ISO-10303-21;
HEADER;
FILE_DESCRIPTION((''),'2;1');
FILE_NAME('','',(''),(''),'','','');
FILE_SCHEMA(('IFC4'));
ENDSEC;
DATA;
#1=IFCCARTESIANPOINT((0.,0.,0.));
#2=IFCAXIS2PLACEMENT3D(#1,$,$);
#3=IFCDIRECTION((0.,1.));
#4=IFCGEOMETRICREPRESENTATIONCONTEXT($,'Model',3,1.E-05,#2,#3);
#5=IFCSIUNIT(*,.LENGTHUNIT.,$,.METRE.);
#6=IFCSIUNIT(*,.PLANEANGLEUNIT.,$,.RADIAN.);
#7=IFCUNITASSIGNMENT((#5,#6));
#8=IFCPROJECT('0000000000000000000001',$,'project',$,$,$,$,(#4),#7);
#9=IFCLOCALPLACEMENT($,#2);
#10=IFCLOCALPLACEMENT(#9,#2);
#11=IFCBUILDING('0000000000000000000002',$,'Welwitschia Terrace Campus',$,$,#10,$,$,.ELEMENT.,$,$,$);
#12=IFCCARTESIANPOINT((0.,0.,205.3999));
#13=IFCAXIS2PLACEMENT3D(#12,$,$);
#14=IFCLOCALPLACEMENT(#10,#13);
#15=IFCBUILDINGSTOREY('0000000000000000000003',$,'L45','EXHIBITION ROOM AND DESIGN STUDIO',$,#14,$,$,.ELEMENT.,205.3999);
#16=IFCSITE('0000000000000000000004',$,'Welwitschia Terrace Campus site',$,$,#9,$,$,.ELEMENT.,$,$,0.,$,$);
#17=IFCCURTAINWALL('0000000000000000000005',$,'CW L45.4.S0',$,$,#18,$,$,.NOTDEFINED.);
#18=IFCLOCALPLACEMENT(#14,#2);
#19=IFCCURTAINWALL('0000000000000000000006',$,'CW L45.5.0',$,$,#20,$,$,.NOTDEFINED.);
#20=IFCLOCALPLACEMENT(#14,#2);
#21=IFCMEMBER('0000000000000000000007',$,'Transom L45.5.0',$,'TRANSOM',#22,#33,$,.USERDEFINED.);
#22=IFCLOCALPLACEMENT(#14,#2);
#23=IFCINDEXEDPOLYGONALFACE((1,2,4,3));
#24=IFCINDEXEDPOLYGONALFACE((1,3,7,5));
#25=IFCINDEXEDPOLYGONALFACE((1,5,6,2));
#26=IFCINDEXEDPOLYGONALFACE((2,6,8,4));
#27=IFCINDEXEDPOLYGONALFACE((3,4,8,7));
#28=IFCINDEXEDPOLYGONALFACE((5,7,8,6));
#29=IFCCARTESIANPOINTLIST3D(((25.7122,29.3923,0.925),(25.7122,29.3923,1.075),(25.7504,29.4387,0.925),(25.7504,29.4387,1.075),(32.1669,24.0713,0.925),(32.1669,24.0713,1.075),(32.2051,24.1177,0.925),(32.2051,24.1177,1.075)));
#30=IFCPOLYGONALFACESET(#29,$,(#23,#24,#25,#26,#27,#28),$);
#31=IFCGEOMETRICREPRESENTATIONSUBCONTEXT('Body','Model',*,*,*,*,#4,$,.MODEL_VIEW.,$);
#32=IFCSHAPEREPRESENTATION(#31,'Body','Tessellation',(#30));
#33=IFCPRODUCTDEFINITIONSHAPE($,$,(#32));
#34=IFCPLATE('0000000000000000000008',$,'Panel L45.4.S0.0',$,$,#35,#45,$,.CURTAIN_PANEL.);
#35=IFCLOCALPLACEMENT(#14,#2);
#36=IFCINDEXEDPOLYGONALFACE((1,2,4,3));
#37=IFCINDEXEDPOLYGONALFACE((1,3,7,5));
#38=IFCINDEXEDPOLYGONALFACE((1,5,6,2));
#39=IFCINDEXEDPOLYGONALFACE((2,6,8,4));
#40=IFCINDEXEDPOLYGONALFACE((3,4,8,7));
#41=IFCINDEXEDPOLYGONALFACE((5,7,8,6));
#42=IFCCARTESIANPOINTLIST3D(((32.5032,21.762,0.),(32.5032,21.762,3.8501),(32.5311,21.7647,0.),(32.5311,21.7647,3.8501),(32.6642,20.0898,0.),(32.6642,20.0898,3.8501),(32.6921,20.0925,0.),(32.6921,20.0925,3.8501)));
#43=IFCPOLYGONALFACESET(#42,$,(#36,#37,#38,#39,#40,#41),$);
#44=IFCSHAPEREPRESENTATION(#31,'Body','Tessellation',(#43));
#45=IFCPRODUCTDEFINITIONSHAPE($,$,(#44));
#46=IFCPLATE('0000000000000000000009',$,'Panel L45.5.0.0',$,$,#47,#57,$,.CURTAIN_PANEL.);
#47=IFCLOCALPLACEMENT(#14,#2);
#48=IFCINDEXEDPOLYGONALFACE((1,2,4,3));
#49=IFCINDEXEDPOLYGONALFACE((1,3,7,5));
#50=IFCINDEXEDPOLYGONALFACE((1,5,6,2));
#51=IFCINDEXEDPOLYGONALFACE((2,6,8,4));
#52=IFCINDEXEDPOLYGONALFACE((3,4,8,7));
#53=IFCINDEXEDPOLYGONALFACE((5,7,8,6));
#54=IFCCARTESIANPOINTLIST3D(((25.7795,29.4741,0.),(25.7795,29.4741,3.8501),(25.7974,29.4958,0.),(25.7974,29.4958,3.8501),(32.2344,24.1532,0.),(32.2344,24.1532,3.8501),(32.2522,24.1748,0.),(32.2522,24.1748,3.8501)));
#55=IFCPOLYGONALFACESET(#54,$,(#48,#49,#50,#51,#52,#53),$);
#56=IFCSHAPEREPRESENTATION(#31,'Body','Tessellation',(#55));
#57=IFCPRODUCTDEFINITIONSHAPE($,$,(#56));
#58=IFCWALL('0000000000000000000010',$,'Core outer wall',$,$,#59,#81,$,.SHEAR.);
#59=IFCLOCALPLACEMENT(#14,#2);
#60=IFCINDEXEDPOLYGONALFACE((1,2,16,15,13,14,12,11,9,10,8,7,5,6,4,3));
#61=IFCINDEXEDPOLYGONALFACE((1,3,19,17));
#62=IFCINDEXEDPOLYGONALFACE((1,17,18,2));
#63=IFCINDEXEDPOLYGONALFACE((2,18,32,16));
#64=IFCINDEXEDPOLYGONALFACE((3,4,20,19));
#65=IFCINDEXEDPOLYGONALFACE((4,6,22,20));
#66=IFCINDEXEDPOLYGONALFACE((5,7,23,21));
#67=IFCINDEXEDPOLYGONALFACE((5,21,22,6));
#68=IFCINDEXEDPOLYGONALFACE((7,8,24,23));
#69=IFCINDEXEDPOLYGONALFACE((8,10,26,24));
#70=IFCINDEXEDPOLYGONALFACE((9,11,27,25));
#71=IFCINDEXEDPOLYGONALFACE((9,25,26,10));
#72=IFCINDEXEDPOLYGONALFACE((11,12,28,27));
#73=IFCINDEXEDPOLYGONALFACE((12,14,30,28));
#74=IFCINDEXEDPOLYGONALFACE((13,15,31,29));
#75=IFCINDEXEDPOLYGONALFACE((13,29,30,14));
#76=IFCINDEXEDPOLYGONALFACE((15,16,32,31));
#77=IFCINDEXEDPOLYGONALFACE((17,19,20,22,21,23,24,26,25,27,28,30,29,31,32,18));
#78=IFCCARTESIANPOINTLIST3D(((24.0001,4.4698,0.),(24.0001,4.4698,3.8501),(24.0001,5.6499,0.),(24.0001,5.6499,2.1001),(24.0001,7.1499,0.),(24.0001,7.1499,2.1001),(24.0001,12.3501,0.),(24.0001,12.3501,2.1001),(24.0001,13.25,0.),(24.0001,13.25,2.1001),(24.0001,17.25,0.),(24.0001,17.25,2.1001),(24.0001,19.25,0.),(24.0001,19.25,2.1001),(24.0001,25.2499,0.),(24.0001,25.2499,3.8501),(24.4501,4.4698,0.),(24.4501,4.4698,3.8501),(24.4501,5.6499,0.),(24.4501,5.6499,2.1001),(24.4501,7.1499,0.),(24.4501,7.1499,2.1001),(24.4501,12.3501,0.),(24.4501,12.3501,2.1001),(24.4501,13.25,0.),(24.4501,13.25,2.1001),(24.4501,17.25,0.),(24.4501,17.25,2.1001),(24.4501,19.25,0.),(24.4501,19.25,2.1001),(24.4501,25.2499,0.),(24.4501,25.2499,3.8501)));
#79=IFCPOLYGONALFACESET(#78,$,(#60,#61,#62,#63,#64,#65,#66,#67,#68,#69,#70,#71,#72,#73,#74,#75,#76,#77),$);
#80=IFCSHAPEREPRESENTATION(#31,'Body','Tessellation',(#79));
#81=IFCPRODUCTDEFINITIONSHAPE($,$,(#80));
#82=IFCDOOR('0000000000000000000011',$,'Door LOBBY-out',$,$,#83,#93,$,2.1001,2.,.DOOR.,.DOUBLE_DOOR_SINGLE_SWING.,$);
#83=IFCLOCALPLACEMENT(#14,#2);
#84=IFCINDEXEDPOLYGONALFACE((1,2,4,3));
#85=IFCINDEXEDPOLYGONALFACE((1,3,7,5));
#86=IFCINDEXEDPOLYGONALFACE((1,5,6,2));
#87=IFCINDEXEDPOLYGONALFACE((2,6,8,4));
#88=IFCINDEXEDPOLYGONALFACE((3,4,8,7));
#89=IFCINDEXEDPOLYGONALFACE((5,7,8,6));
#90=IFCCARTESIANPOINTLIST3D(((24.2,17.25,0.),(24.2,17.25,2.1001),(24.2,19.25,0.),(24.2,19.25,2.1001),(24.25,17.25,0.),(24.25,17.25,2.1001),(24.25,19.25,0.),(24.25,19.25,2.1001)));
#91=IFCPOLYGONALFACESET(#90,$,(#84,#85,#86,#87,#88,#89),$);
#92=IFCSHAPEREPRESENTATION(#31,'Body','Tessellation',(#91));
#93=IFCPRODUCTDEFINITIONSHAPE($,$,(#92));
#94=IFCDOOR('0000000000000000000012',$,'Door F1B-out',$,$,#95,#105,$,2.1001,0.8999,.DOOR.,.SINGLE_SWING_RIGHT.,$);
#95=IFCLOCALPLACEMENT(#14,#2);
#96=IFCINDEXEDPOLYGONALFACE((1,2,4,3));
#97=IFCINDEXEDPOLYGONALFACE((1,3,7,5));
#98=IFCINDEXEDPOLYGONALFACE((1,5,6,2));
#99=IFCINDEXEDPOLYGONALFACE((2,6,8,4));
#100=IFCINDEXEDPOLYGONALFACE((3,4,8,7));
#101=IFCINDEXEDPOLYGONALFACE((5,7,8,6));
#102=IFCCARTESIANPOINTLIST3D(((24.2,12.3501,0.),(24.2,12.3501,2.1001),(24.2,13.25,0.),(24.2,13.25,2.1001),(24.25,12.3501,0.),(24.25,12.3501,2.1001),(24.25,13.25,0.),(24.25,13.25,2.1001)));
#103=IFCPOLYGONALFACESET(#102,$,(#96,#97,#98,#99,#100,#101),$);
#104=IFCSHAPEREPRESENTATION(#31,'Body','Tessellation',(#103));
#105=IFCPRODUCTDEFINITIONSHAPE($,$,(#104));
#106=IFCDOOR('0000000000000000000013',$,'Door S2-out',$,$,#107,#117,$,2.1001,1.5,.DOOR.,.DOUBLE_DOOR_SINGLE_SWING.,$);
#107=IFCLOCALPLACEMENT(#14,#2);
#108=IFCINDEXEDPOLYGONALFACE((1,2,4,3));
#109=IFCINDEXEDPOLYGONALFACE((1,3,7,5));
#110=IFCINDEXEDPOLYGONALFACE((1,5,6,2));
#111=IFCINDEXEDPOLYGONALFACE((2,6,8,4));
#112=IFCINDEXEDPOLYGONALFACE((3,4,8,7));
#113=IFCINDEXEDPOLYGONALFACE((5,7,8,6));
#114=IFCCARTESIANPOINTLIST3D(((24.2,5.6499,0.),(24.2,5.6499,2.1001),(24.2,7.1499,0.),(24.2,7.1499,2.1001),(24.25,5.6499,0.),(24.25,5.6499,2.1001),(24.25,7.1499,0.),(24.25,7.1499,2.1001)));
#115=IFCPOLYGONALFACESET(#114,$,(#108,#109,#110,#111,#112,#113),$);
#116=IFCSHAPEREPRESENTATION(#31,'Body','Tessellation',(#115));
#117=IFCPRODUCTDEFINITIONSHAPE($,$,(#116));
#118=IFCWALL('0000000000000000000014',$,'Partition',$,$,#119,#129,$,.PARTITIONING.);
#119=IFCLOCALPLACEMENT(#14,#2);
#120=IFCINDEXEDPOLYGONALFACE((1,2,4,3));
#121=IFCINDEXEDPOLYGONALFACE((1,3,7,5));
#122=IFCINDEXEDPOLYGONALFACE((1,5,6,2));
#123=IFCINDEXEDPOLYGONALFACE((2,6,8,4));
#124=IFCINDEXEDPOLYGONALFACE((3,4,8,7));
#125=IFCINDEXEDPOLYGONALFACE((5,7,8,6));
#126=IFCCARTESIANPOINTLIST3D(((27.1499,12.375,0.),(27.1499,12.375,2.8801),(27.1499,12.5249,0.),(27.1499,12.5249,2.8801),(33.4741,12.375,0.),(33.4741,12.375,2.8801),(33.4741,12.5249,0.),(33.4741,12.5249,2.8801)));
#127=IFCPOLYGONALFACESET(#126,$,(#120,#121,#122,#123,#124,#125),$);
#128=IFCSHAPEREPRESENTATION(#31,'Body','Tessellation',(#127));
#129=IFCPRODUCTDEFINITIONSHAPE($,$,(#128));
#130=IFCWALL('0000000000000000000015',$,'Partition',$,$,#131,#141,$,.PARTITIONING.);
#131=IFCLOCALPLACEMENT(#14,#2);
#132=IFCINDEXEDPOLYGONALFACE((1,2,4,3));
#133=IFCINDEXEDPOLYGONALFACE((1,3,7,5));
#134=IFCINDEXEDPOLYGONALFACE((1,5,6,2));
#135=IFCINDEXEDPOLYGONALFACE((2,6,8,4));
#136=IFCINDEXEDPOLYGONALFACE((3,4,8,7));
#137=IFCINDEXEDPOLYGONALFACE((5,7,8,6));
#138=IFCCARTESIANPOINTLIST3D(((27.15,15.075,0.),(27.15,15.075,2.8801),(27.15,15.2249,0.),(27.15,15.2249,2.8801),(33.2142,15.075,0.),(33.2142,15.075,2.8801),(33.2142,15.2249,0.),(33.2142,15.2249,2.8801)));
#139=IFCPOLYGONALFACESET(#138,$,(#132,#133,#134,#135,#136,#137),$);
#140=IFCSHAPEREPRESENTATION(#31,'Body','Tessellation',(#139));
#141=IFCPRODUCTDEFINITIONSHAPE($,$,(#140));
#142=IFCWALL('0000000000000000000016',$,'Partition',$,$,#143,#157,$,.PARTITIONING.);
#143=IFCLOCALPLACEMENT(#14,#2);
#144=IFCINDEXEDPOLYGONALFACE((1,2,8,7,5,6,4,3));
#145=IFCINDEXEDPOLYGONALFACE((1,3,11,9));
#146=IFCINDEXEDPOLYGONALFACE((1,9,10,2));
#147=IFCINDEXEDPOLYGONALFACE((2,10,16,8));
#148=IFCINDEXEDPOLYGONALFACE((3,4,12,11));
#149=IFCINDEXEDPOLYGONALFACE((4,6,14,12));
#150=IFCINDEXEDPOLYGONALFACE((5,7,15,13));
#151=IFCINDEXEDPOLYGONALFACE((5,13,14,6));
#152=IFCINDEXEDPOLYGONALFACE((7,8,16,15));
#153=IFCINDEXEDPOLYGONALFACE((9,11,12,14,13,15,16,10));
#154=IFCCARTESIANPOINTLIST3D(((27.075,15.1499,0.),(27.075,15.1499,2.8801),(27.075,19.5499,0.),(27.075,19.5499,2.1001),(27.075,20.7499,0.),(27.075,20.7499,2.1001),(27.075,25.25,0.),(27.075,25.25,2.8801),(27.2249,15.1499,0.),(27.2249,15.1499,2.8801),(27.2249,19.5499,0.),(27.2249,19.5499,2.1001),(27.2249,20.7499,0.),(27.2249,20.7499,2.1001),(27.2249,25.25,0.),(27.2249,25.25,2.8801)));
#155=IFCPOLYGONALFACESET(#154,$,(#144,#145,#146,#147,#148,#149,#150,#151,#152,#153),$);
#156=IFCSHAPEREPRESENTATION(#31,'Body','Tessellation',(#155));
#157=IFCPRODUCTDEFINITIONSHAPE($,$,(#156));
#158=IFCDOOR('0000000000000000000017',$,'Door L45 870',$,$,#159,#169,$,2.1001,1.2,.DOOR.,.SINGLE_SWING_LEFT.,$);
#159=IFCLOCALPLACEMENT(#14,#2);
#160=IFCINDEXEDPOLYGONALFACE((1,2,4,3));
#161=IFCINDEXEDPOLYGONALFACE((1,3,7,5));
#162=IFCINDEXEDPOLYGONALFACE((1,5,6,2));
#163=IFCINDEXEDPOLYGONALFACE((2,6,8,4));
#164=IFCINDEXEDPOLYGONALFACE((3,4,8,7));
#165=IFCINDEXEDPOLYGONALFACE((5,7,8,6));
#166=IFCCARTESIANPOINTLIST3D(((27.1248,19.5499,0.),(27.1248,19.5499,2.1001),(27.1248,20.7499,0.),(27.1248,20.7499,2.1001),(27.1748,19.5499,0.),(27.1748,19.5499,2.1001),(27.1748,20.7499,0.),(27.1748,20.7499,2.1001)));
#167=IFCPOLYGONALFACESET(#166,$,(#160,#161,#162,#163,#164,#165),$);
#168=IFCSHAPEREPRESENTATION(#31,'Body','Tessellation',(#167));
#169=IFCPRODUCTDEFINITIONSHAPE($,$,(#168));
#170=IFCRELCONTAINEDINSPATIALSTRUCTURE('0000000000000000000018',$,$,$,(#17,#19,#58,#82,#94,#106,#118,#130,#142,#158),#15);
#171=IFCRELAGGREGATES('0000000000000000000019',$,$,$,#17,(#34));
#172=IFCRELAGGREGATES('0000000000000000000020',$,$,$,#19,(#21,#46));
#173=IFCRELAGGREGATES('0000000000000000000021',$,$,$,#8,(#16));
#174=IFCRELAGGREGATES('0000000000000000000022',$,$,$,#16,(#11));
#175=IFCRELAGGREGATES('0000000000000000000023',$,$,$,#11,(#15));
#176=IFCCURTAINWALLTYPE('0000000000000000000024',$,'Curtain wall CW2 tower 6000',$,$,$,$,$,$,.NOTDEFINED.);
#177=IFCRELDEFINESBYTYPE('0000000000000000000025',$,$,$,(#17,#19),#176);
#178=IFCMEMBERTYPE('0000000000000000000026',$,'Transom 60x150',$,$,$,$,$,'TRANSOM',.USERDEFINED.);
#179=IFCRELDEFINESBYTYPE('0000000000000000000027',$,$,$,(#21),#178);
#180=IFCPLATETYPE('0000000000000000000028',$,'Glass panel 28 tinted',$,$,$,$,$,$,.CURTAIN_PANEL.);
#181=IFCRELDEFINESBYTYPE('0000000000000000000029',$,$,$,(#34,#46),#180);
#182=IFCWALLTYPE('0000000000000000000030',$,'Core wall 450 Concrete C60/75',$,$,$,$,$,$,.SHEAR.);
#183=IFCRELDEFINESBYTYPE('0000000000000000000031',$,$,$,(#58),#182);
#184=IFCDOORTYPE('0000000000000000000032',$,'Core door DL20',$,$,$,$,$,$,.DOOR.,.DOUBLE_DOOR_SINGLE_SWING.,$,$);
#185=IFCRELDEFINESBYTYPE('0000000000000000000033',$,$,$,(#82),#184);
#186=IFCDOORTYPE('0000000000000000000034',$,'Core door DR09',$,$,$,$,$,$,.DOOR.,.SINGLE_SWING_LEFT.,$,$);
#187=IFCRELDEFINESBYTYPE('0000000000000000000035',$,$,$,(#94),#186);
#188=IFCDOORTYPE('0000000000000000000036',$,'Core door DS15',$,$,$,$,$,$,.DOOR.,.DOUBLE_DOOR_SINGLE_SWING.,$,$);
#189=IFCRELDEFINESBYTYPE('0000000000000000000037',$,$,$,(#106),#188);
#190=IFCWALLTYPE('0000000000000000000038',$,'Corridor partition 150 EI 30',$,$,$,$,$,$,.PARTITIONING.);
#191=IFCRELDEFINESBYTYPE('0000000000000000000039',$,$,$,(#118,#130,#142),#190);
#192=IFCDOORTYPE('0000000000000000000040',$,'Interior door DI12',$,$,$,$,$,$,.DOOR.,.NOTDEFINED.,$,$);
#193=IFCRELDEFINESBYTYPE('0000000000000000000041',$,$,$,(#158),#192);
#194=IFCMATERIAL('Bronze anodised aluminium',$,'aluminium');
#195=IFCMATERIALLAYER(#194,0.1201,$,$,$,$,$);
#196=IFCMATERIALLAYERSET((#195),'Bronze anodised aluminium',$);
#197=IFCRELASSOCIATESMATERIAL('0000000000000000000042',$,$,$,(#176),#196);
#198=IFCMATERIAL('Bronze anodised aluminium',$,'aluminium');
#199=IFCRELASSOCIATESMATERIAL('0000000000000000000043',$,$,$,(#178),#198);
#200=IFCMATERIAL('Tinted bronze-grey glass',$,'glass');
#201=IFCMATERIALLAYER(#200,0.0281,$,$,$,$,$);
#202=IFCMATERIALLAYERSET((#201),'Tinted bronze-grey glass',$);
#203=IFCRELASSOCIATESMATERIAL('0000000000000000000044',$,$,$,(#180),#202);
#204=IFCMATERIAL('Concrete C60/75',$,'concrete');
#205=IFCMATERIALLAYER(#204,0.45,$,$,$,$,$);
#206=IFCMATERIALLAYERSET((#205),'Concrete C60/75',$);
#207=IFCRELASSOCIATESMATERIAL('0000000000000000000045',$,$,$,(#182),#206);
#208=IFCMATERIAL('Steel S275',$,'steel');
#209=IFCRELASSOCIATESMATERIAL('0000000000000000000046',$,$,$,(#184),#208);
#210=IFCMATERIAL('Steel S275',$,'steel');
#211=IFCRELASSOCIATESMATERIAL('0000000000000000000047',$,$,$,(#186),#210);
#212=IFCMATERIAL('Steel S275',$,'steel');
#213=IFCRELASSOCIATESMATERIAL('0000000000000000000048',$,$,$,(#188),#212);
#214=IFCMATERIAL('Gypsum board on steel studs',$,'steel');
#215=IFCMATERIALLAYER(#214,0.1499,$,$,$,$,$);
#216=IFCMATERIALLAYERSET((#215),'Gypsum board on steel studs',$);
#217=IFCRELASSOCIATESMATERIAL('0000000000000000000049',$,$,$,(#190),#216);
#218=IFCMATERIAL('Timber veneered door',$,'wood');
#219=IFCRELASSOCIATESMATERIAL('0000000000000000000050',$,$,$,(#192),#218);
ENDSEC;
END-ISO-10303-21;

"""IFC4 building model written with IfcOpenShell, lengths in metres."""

from ifc_helpers import new_model, si_unit, direction, frame, frame_2d, origin, origin_2d, place, context, subcontext, project, spatial, rectangle, extrude, material, layer, layer_set, material_profile, profile_set, type_object, element, fill, aggregate, save


model = new_model("IFC4")

# Units and contexts
model_context = context("Model", 3, precision=1e-05, world=origin(), true_north=direction((0.0, 1.0)))
body_context = subcontext(model_context, "Body", "Model", "MODEL_VIEW")
ifc_project = project(units=[si_unit("LENGTHUNIT", "METRE"), si_unit("PLANEANGLEUNIT", "RADIAN")], contexts=[model_context])

# Site, building, storey
site_placement = place(None, origin())
site = spatial("IfcSite", under=ifc_project, at=site_placement, Name="Welwitschia Terrace Campus site", CompositionType="ELEMENT", RefElevation=0.0)
building_placement = place(site_placement, origin())
building = spatial("IfcBuilding", under=site, at=building_placement, Name="Welwitschia Terrace Campus", CompositionType="ELEMENT")
storey_placement = place(building_placement, frame((0.0, 0.0, 205.3999)))
storey = spatial("IfcBuildingStorey", under=building, at=storey_placement, Name="L45", Description="EXHIBITION ROOM AND DESIGN STUDIO", CompositionType="ELEMENT", Elevation=205.3999)

# Curtain wall
ifc_material_1 = material(Name="Bronze anodised aluminium", Category="aluminium")
ifc_layer_1 = layer(ifc_material_1, 0.1201)
ifc_layer_set_1 = layer_set([ifc_layer_1], Name="Bronze anodised aluminium")
curtain_wall_type = type_object("IfcCurtainWallType", Name="Curtain wall CW2 tower 6000", PredefinedType="NOTDEFINED", material=ifc_layer_set_1)
curtain_wall_1_placement = place(storey_placement, origin())
curtain_wall_1 = element("IfcCurtainWall", 1, at=curtain_wall_1_placement, inside=storey, type_object=curtain_wall_type, Name="CW L45.4.S0", PredefinedType="NOTDEFINED")

# Curtain wall
curtain_wall_2_placement = place(storey_placement, origin())
curtain_wall_2 = element("IfcCurtainWall", 2, at=curtain_wall_2_placement, inside=storey, type_object=curtain_wall_type, Name="CW L45.5.0", PredefinedType="NOTDEFINED")

# Member
ifc_material_2 = material(Name="Bronze anodised aluminium", Category="aluminium")
ifc_material_profile_1 = material_profile(ifc_material_2, rectangle(XDim=0.0601, YDim=0.1499, at=origin_2d()))
ifc_profile_set_1 = profile_set([ifc_material_profile_1], Name="Bronze anodised aluminium")
member_type_1 = type_object("IfcMemberType", Name="Transom 60x150", ElementType="TRANSOM", PredefinedType="USERDEFINED", material=ifc_profile_set_1)
member_1_placement = place(storey_placement, frame((32.186, 24.0945, 1.0), z_axis=(-0.771619, 0.636085, 0.0), x_axis=(-0.636085, -0.771619, 0.0)))
member_1 = element("IfcMember", 3, at=member_1_placement, type_object=member_type_1, Name="Transom L45.5.0", ObjectType="TRANSOM", PredefinedType="USERDEFINED", context=body_context, shape_type="SweptSolid", body=[
    extrude(rectangle(XDim=0.0601, YDim=0.1499, at=origin_2d()), origin(), (0.0, 0.0, 1.0), 8.3652),
])

# Plates
ifc_material_3 = material(Name="Tinted bronze-grey glass", Category="glass")
ifc_layer_2 = layer(ifc_material_3, 0.0281)
ifc_layer_set_2 = layer_set([ifc_layer_2], Name="Tinted bronze-grey glass")
plate_type = type_object("IfcPlateType", Name="Glass panel 28 tinted", PredefinedType="CURTAIN_PANEL", material=ifc_layer_set_2)
plate_1_placement = place(storey_placement, frame((32.5977, 20.9272, 0.0), z_axis=(0.0, 0.0, 1.0), x_axis=(-0.095846, 0.995396, 0.0)))
plate_1 = element("IfcPlate", 4, at=plate_1_placement, type_object=plate_type, Name="Panel L45.4.S0.0", PredefinedType="CURTAIN_PANEL", context=body_context, shape_type="SweptSolid", body=[
    extrude(rectangle(XDim=1.6799, YDim=0.0281, at=origin_2d()), origin(), (0.0, 0.0, 1.0), 3.8501),
])
aggregate(curtain_wall_1, [plate_1])
plate_2_placement = place(storey_placement, frame((29.0159, 26.8245, 0.0), z_axis=(0.0, 0.0, 1.0), x_axis=(-0.771625, 0.636078, 0.0)))
plate_2 = element("IfcPlate", 5, at=plate_2_placement, type_object=plate_type, Name="Panel L45.5.0.0", PredefinedType="CURTAIN_PANEL", context=body_context, shape_type="SweptSolid", body=[
    extrude(rectangle(XDim=8.3652, YDim=0.0281, at=origin_2d()), origin(), (0.0, 0.0, 1.0), 3.8501),
])
aggregate(curtain_wall_2, [member_1, plate_2])

# Wall, openings, doors
ifc_material_4 = material(Name="Concrete C60/75", Category="concrete")
ifc_layer_3 = layer(ifc_material_4, 0.45)
ifc_layer_set_3 = layer_set([ifc_layer_3], Name="Concrete C60/75")
wall_type_1 = type_object("IfcWallType", Name="Core wall 450 Concrete C60/75", PredefinedType="SHEAR", material=ifc_layer_set_3)
wall_1_placement = place(storey_placement, frame((24.2251, 25.25, 0.0), z_axis=(0.0, 0.0, 1.0), x_axis=(0.0, -1.0, 0.0)))
wall_1 = element("IfcWall", 6, at=wall_1_placement, inside=storey, type_object=wall_type_1, Name="Core outer wall", PredefinedType="SHEAR", context=body_context, shape_type="SweptSolid", body=[
    extrude(rectangle(XDim=20.78, YDim=0.45, at=frame_2d((10.3901, 0.0))), origin(), (0.0, 0.0, 1.0), 3.8501),
])
opening_1_placement = place(wall_1_placement, frame((18.1001, 0.0, 0.0)))
opening_1 = element("IfcOpeningElement", 7, at=opening_1_placement, cuts=wall_1, PredefinedType="OPENING", context=body_context, shape_type="SweptSolid", body=[
    extrude(rectangle(XDim=1.5, YDim=2.1001, at=frame_2d((0.75, 1.05))), frame((0.0, 0.2349, 0.0), z_axis=(0.0, -1.0, 0.0), x_axis=(1.0, 0.0, 0.0)), (0.0, 0.0, 1.0), 0.47),
])
opening_2_placement = place(wall_1_placement, frame((12.0, 0.0, 0.0)))
opening_2 = element("IfcOpeningElement", 8, at=opening_2_placement, cuts=wall_1, PredefinedType="OPENING", context=body_context, shape_type="SweptSolid", body=[
    extrude(rectangle(XDim=0.8999, YDim=2.1001, at=frame_2d((0.45, 1.05))), frame((0.0, 0.2349, 0.0), z_axis=(0.0, -1.0, 0.0), x_axis=(1.0, 0.0, 0.0)), (0.0, 0.0, 1.0), 0.47),
])
opening_3_placement = place(wall_1_placement, frame((6.0, 0.0, 0.0)))
opening_3 = element("IfcOpeningElement", 9, at=opening_3_placement, cuts=wall_1, PredefinedType="OPENING", context=body_context, shape_type="SweptSolid", body=[
    extrude(rectangle(XDim=2.0, YDim=2.1001, at=frame_2d((1.0, 1.05))), frame((0.0, 0.2349, 0.0), z_axis=(0.0, -1.0, 0.0), x_axis=(1.0, 0.0, 0.0)), (0.0, 0.0, 1.0), 0.47),
])
ifc_material_5 = material(Name="Steel S275", Category="steel")
door_type_1 = type_object("IfcDoorType", Name="Core door DL20", OperationType="DOUBLE_DOOR_SINGLE_SWING", PredefinedType="DOOR", material=ifc_material_5)
door_1_placement = place(opening_3_placement, origin())
door_1 = element("IfcDoor", 10, at=door_1_placement, inside=storey, type_object=door_type_1, Name="Door LOBBY-out", OperationType="DOUBLE_DOOR_SINGLE_SWING", OverallHeight=2.1001, OverallWidth=2.0, PredefinedType="DOOR", context=body_context, shape_type="SweptSolid", body=[
    extrude(rectangle(XDim=2.0, YDim=2.1001, at=frame_2d((1.0, 1.05))), frame((0.0, 0.0249, 0.0), z_axis=(0.0, -1.0, 0.0), x_axis=(1.0, 0.0, 0.0)), (0.0, 0.0, 1.0), 0.05),
])
fill(opening_3, door_1)
ifc_material_6 = material(Name="Steel S275", Category="steel")
door_type_2 = type_object("IfcDoorType", Name="Core door DR09", OperationType="SINGLE_SWING_LEFT", PredefinedType="DOOR", material=ifc_material_6)
door_2_placement = place(opening_2_placement, origin())
door_2 = element("IfcDoor", 11, at=door_2_placement, inside=storey, type_object=door_type_2, Name="Door F1B-out", OperationType="SINGLE_SWING_RIGHT", OverallHeight=2.1001, OverallWidth=0.8999, PredefinedType="DOOR", context=body_context, shape_type="SweptSolid", body=[
    extrude(rectangle(XDim=0.8999, YDim=2.1001, at=frame_2d((0.45, 1.05))), frame((0.0, 0.0249, 0.0), z_axis=(0.0, -1.0, 0.0), x_axis=(1.0, 0.0, 0.0)), (0.0, 0.0, 1.0), 0.05),
])
fill(opening_2, door_2)
ifc_material_7 = material(Name="Steel S275", Category="steel")
door_type_3 = type_object("IfcDoorType", Name="Core door DS15", OperationType="DOUBLE_DOOR_SINGLE_SWING", PredefinedType="DOOR", material=ifc_material_7)
door_3_placement = place(opening_1_placement, origin())
door_3 = element("IfcDoor", 12, at=door_3_placement, inside=storey, type_object=door_type_3, Name="Door S2-out", OperationType="DOUBLE_DOOR_SINGLE_SWING", OverallHeight=2.1001, OverallWidth=1.5, PredefinedType="DOOR", context=body_context, shape_type="SweptSolid", body=[
    extrude(rectangle(XDim=1.5, YDim=2.1001, at=frame_2d((0.75, 1.05))), frame((0.0, 0.0249, 0.0), z_axis=(0.0, -1.0, 0.0), x_axis=(1.0, 0.0, 0.0)), (0.0, 0.0, 1.0), 0.05),
])
fill(opening_1, door_3)

# Walls
ifc_material_8 = material(Name="Gypsum board on steel studs", Category="steel")
ifc_layer_4 = layer(ifc_material_8, 0.1499)
ifc_layer_set_4 = layer_set([ifc_layer_4], Name="Gypsum board on steel studs")
wall_type_2 = type_object("IfcWallType", Name="Corridor partition 150 EI 30", PredefinedType="PARTITIONING", material=ifc_layer_set_4)
wall_2_placement = place(storey_placement, frame((27.1499, 12.45, 0.0), z_axis=(0.0, 0.0, 1.0), x_axis=(1.0, 0.0, 0.0)))
element("IfcWall", 13, at=wall_2_placement, inside=storey, type_object=wall_type_2, Name="Partition", PredefinedType="PARTITIONING", context=body_context, shape_type="SweptSolid", body=[
    extrude(rectangle(XDim=6.3242, YDim=0.1499, at=frame_2d((3.1621, 0.0))), origin(), (0.0, 0.0, 1.0), 2.8801),
])
wall_3_placement = place(storey_placement, frame((27.1499, 15.1499, 0.0), z_axis=(0.0, 0.0, 1.0), x_axis=(1.0, 0.0, 0.0)))
element("IfcWall", 14, at=wall_3_placement, inside=storey, type_object=wall_type_2, Name="Partition", PredefinedType="PARTITIONING", context=body_context, shape_type="SweptSolid", body=[
    extrude(rectangle(XDim=6.0642, YDim=0.1499, at=frame_2d((3.0322, 0.0))), origin(), (0.0, 0.0, 1.0), 2.8801),
])

# Wall, opening, door
wall_4_placement = place(storey_placement, frame((27.1499, 25.25, 0.0), z_axis=(0.0, 0.0, 1.0), x_axis=(0.0, -1.0, 0.0)))
wall_4 = element("IfcWall", 15, at=wall_4_placement, inside=storey, type_object=wall_type_2, Name="Partition", PredefinedType="PARTITIONING", context=body_context, shape_type="SweptSolid", body=[
    extrude(rectangle(XDim=10.1001, YDim=0.1499, at=frame_2d((5.05, 0.0))), origin(), (0.0, 0.0, 1.0), 2.8801),
])
opening_4_placement = place(wall_4_placement, frame((4.5, 0.0, 0.0)))
opening_4 = element("IfcOpeningElement", 16, at=opening_4_placement, cuts=wall_4, PredefinedType="OPENING", context=body_context, shape_type="SweptSolid", body=[
    extrude(rectangle(XDim=1.2, YDim=2.1001, at=frame_2d((0.6001, 1.05))), frame((0.0, 0.085, 0.0), z_axis=(0.0, -1.0, 0.0), x_axis=(1.0, 0.0, 0.0)), (0.0, 0.0, 1.0), 0.1699),
])
ifc_material_9 = material(Name="Timber veneered door", Category="wood")
door_type_4 = type_object("IfcDoorType", Name="Interior door DI12", OperationType="NOTDEFINED", PredefinedType="DOOR", material=ifc_material_9)
door_4_placement = place(opening_4_placement, origin())
door_4 = element("IfcDoor", 17, at=door_4_placement, inside=storey, type_object=door_type_4, Name="Door L45 870", OperationType="SINGLE_SWING_LEFT", OverallHeight=2.1001, OverallWidth=1.2, PredefinedType="DOOR", context=body_context, shape_type="SweptSolid", body=[
    extrude(rectangle(XDim=1.2, YDim=2.1001, at=frame_2d((0.6001, 1.05))), frame((0.0, 0.0249, 0.0), z_axis=(0.0, -1.0, 0.0), x_axis=(1.0, 0.0, 0.0)), (0.0, 0.0, 1.0), 0.05),
])
fill(opening_4, door_4)

save(model, "model.ifc")
